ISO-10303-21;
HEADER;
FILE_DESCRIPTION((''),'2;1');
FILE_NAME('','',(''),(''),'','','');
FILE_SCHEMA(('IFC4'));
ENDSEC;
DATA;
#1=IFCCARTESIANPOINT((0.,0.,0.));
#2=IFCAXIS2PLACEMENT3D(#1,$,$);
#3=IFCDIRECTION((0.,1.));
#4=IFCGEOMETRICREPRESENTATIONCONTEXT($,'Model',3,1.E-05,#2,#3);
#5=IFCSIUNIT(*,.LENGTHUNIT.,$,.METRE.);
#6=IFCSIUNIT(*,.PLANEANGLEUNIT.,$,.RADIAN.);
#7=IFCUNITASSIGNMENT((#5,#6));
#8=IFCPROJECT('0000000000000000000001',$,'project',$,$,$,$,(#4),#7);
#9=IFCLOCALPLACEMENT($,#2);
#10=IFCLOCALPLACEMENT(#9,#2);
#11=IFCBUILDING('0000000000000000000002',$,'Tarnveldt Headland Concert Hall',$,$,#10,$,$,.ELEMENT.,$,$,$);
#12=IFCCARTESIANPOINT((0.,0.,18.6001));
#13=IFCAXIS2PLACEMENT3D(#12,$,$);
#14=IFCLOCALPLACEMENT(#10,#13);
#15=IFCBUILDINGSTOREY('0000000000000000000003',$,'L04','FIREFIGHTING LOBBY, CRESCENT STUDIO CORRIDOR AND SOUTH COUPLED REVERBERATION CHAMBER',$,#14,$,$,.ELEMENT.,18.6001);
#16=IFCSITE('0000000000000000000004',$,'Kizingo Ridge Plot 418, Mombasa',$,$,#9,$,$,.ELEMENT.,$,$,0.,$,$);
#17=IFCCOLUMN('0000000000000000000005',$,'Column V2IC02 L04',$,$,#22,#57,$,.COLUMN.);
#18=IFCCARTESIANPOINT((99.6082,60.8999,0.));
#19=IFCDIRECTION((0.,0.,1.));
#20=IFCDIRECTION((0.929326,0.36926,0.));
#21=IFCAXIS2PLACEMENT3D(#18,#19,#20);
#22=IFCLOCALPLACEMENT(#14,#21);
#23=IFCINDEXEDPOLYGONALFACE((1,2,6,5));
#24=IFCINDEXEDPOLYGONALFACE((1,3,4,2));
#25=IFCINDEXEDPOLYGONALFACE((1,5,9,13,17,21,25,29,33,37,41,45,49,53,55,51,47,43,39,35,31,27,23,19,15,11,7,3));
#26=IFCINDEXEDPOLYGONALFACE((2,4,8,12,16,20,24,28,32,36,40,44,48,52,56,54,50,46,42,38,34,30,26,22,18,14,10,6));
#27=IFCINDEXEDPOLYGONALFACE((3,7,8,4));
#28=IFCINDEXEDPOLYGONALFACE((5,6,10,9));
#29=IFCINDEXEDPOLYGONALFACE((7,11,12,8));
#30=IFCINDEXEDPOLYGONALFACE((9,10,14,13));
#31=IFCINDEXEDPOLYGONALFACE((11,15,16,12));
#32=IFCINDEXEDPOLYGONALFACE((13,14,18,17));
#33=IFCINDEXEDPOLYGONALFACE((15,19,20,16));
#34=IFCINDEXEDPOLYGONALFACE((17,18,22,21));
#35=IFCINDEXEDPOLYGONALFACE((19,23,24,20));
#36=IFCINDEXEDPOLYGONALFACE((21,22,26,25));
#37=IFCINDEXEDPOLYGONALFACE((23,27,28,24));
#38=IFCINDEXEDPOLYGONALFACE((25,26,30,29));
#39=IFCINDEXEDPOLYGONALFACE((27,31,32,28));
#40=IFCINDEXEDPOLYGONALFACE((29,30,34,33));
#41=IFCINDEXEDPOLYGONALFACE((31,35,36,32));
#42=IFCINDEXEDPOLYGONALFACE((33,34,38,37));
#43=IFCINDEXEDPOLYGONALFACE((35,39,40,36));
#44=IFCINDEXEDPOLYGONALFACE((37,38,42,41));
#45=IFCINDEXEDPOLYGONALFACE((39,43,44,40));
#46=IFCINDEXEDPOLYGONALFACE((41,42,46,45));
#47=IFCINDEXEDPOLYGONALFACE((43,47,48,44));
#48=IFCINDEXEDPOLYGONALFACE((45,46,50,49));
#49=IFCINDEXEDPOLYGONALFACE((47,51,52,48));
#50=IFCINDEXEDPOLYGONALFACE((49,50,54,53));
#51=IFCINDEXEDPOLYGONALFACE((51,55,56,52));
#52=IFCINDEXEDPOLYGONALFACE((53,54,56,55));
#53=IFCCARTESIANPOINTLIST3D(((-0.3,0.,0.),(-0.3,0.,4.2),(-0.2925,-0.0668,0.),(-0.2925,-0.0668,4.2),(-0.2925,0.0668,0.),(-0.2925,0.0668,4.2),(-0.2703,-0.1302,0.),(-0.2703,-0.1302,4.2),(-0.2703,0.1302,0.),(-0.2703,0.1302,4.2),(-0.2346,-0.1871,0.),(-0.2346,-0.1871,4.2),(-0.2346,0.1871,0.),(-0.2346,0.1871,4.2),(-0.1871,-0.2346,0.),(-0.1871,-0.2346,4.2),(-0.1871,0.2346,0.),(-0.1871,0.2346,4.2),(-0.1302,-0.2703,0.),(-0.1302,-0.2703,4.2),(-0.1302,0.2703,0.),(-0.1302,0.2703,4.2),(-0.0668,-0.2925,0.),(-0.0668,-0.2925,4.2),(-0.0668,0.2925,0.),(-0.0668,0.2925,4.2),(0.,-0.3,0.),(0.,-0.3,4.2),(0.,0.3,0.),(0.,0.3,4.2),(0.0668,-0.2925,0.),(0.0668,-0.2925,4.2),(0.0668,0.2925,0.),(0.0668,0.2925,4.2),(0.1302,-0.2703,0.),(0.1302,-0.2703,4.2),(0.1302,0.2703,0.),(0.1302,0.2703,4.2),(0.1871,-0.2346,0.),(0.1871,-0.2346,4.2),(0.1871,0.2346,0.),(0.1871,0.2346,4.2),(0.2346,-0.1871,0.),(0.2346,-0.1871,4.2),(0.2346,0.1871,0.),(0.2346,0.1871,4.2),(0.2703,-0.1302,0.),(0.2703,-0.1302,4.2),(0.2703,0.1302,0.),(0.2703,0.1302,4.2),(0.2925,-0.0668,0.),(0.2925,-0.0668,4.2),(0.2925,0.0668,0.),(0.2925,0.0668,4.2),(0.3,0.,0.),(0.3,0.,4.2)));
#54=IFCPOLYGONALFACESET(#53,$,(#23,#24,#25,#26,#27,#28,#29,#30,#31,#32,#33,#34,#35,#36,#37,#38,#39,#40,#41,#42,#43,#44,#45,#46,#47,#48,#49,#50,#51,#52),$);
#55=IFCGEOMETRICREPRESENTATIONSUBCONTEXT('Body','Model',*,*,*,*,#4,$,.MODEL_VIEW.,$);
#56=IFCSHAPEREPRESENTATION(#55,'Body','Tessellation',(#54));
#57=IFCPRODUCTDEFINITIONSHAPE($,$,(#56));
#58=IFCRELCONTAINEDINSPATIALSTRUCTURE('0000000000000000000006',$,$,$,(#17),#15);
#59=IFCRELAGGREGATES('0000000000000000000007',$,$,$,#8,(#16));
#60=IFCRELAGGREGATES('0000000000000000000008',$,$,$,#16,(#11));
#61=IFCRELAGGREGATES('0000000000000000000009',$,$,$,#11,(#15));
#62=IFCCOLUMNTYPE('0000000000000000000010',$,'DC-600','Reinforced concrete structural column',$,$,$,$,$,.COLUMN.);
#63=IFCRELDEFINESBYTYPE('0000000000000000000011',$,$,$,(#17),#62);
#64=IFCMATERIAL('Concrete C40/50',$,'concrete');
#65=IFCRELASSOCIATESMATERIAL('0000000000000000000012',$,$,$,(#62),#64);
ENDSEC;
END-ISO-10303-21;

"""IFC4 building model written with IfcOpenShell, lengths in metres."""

from ifc_helpers import new_model, si_unit, direction, frame, origin, origin_2d, place, context, subcontext, project, spatial, circle, extrude, material, material_profile, profile_set, type_object, element, save


model = new_model("IFC4")

# Units and contexts
model_context = context("Model", 3, precision=1e-05, world=origin(), true_north=direction((0.0, 1.0)))
body_context = subcontext(model_context, "Body", "Model", "MODEL_VIEW")
ifc_project = project(units=[si_unit("LENGTHUNIT", "METRE"), si_unit("PLANEANGLEUNIT", "RADIAN")], contexts=[model_context])

# Site, building, storey
site_placement = place(None, origin())
site = spatial("IfcSite", under=ifc_project, at=site_placement, Name="Kizingo Ridge Plot 418, Mombasa", CompositionType="ELEMENT", RefElevation=0.0)
building_placement = place(site_placement, origin())
building = spatial("IfcBuilding", under=site, at=building_placement, Name="Tarnveldt Headland Concert Hall", CompositionType="ELEMENT")
storey_placement = place(building_placement, frame((0.0, 0.0, 18.6001)))
storey = spatial("IfcBuildingStorey", under=building, at=storey_placement, Name="L04", Description="FIREFIGHTING LOBBY, CRESCENT STUDIO CORRIDOR AND SOUTH COUPLED REVERBERATION CHAMBER", CompositionType="ELEMENT", Elevation=18.6001)

# Column
ifc_material_1 = material(Name="Concrete C40/50", Category="concrete")
ifc_material_profile_1 = material_profile(ifc_material_1, circle(Radius=0.3, at=origin_2d()), Name="RC D600", Category="concrete")
ifc_profile_set_1 = profile_set([ifc_material_profile_1], Name="Concrete C40/50")
column_type = type_object("IfcColumnType", Name="DC-600", Description="Reinforced concrete structural column", PredefinedType="COLUMN", material=ifc_profile_set_1)
for number, where, z_axis, x_axis, name in (
    (1, (99.6082, 60.8999, 0.0), (0.0, 0.0, 1.0), (0.929326, 0.36926, 0.0), "Column V2IC02 L04"),
):
    element("IfcColumn", number, at=place(storey_placement, frame(where, z_axis=z_axis, x_axis=x_axis)), inside=storey, type_object=column_type, Name=name, PredefinedType="COLUMN", context=body_context, shape_type="SweptSolid", body=[
        extrude(circle(Radius=0.3, at=origin_2d()), origin(), (0.0, 0.0, 1.0), 4.2),
    ])

save(model, "model.ifc")
